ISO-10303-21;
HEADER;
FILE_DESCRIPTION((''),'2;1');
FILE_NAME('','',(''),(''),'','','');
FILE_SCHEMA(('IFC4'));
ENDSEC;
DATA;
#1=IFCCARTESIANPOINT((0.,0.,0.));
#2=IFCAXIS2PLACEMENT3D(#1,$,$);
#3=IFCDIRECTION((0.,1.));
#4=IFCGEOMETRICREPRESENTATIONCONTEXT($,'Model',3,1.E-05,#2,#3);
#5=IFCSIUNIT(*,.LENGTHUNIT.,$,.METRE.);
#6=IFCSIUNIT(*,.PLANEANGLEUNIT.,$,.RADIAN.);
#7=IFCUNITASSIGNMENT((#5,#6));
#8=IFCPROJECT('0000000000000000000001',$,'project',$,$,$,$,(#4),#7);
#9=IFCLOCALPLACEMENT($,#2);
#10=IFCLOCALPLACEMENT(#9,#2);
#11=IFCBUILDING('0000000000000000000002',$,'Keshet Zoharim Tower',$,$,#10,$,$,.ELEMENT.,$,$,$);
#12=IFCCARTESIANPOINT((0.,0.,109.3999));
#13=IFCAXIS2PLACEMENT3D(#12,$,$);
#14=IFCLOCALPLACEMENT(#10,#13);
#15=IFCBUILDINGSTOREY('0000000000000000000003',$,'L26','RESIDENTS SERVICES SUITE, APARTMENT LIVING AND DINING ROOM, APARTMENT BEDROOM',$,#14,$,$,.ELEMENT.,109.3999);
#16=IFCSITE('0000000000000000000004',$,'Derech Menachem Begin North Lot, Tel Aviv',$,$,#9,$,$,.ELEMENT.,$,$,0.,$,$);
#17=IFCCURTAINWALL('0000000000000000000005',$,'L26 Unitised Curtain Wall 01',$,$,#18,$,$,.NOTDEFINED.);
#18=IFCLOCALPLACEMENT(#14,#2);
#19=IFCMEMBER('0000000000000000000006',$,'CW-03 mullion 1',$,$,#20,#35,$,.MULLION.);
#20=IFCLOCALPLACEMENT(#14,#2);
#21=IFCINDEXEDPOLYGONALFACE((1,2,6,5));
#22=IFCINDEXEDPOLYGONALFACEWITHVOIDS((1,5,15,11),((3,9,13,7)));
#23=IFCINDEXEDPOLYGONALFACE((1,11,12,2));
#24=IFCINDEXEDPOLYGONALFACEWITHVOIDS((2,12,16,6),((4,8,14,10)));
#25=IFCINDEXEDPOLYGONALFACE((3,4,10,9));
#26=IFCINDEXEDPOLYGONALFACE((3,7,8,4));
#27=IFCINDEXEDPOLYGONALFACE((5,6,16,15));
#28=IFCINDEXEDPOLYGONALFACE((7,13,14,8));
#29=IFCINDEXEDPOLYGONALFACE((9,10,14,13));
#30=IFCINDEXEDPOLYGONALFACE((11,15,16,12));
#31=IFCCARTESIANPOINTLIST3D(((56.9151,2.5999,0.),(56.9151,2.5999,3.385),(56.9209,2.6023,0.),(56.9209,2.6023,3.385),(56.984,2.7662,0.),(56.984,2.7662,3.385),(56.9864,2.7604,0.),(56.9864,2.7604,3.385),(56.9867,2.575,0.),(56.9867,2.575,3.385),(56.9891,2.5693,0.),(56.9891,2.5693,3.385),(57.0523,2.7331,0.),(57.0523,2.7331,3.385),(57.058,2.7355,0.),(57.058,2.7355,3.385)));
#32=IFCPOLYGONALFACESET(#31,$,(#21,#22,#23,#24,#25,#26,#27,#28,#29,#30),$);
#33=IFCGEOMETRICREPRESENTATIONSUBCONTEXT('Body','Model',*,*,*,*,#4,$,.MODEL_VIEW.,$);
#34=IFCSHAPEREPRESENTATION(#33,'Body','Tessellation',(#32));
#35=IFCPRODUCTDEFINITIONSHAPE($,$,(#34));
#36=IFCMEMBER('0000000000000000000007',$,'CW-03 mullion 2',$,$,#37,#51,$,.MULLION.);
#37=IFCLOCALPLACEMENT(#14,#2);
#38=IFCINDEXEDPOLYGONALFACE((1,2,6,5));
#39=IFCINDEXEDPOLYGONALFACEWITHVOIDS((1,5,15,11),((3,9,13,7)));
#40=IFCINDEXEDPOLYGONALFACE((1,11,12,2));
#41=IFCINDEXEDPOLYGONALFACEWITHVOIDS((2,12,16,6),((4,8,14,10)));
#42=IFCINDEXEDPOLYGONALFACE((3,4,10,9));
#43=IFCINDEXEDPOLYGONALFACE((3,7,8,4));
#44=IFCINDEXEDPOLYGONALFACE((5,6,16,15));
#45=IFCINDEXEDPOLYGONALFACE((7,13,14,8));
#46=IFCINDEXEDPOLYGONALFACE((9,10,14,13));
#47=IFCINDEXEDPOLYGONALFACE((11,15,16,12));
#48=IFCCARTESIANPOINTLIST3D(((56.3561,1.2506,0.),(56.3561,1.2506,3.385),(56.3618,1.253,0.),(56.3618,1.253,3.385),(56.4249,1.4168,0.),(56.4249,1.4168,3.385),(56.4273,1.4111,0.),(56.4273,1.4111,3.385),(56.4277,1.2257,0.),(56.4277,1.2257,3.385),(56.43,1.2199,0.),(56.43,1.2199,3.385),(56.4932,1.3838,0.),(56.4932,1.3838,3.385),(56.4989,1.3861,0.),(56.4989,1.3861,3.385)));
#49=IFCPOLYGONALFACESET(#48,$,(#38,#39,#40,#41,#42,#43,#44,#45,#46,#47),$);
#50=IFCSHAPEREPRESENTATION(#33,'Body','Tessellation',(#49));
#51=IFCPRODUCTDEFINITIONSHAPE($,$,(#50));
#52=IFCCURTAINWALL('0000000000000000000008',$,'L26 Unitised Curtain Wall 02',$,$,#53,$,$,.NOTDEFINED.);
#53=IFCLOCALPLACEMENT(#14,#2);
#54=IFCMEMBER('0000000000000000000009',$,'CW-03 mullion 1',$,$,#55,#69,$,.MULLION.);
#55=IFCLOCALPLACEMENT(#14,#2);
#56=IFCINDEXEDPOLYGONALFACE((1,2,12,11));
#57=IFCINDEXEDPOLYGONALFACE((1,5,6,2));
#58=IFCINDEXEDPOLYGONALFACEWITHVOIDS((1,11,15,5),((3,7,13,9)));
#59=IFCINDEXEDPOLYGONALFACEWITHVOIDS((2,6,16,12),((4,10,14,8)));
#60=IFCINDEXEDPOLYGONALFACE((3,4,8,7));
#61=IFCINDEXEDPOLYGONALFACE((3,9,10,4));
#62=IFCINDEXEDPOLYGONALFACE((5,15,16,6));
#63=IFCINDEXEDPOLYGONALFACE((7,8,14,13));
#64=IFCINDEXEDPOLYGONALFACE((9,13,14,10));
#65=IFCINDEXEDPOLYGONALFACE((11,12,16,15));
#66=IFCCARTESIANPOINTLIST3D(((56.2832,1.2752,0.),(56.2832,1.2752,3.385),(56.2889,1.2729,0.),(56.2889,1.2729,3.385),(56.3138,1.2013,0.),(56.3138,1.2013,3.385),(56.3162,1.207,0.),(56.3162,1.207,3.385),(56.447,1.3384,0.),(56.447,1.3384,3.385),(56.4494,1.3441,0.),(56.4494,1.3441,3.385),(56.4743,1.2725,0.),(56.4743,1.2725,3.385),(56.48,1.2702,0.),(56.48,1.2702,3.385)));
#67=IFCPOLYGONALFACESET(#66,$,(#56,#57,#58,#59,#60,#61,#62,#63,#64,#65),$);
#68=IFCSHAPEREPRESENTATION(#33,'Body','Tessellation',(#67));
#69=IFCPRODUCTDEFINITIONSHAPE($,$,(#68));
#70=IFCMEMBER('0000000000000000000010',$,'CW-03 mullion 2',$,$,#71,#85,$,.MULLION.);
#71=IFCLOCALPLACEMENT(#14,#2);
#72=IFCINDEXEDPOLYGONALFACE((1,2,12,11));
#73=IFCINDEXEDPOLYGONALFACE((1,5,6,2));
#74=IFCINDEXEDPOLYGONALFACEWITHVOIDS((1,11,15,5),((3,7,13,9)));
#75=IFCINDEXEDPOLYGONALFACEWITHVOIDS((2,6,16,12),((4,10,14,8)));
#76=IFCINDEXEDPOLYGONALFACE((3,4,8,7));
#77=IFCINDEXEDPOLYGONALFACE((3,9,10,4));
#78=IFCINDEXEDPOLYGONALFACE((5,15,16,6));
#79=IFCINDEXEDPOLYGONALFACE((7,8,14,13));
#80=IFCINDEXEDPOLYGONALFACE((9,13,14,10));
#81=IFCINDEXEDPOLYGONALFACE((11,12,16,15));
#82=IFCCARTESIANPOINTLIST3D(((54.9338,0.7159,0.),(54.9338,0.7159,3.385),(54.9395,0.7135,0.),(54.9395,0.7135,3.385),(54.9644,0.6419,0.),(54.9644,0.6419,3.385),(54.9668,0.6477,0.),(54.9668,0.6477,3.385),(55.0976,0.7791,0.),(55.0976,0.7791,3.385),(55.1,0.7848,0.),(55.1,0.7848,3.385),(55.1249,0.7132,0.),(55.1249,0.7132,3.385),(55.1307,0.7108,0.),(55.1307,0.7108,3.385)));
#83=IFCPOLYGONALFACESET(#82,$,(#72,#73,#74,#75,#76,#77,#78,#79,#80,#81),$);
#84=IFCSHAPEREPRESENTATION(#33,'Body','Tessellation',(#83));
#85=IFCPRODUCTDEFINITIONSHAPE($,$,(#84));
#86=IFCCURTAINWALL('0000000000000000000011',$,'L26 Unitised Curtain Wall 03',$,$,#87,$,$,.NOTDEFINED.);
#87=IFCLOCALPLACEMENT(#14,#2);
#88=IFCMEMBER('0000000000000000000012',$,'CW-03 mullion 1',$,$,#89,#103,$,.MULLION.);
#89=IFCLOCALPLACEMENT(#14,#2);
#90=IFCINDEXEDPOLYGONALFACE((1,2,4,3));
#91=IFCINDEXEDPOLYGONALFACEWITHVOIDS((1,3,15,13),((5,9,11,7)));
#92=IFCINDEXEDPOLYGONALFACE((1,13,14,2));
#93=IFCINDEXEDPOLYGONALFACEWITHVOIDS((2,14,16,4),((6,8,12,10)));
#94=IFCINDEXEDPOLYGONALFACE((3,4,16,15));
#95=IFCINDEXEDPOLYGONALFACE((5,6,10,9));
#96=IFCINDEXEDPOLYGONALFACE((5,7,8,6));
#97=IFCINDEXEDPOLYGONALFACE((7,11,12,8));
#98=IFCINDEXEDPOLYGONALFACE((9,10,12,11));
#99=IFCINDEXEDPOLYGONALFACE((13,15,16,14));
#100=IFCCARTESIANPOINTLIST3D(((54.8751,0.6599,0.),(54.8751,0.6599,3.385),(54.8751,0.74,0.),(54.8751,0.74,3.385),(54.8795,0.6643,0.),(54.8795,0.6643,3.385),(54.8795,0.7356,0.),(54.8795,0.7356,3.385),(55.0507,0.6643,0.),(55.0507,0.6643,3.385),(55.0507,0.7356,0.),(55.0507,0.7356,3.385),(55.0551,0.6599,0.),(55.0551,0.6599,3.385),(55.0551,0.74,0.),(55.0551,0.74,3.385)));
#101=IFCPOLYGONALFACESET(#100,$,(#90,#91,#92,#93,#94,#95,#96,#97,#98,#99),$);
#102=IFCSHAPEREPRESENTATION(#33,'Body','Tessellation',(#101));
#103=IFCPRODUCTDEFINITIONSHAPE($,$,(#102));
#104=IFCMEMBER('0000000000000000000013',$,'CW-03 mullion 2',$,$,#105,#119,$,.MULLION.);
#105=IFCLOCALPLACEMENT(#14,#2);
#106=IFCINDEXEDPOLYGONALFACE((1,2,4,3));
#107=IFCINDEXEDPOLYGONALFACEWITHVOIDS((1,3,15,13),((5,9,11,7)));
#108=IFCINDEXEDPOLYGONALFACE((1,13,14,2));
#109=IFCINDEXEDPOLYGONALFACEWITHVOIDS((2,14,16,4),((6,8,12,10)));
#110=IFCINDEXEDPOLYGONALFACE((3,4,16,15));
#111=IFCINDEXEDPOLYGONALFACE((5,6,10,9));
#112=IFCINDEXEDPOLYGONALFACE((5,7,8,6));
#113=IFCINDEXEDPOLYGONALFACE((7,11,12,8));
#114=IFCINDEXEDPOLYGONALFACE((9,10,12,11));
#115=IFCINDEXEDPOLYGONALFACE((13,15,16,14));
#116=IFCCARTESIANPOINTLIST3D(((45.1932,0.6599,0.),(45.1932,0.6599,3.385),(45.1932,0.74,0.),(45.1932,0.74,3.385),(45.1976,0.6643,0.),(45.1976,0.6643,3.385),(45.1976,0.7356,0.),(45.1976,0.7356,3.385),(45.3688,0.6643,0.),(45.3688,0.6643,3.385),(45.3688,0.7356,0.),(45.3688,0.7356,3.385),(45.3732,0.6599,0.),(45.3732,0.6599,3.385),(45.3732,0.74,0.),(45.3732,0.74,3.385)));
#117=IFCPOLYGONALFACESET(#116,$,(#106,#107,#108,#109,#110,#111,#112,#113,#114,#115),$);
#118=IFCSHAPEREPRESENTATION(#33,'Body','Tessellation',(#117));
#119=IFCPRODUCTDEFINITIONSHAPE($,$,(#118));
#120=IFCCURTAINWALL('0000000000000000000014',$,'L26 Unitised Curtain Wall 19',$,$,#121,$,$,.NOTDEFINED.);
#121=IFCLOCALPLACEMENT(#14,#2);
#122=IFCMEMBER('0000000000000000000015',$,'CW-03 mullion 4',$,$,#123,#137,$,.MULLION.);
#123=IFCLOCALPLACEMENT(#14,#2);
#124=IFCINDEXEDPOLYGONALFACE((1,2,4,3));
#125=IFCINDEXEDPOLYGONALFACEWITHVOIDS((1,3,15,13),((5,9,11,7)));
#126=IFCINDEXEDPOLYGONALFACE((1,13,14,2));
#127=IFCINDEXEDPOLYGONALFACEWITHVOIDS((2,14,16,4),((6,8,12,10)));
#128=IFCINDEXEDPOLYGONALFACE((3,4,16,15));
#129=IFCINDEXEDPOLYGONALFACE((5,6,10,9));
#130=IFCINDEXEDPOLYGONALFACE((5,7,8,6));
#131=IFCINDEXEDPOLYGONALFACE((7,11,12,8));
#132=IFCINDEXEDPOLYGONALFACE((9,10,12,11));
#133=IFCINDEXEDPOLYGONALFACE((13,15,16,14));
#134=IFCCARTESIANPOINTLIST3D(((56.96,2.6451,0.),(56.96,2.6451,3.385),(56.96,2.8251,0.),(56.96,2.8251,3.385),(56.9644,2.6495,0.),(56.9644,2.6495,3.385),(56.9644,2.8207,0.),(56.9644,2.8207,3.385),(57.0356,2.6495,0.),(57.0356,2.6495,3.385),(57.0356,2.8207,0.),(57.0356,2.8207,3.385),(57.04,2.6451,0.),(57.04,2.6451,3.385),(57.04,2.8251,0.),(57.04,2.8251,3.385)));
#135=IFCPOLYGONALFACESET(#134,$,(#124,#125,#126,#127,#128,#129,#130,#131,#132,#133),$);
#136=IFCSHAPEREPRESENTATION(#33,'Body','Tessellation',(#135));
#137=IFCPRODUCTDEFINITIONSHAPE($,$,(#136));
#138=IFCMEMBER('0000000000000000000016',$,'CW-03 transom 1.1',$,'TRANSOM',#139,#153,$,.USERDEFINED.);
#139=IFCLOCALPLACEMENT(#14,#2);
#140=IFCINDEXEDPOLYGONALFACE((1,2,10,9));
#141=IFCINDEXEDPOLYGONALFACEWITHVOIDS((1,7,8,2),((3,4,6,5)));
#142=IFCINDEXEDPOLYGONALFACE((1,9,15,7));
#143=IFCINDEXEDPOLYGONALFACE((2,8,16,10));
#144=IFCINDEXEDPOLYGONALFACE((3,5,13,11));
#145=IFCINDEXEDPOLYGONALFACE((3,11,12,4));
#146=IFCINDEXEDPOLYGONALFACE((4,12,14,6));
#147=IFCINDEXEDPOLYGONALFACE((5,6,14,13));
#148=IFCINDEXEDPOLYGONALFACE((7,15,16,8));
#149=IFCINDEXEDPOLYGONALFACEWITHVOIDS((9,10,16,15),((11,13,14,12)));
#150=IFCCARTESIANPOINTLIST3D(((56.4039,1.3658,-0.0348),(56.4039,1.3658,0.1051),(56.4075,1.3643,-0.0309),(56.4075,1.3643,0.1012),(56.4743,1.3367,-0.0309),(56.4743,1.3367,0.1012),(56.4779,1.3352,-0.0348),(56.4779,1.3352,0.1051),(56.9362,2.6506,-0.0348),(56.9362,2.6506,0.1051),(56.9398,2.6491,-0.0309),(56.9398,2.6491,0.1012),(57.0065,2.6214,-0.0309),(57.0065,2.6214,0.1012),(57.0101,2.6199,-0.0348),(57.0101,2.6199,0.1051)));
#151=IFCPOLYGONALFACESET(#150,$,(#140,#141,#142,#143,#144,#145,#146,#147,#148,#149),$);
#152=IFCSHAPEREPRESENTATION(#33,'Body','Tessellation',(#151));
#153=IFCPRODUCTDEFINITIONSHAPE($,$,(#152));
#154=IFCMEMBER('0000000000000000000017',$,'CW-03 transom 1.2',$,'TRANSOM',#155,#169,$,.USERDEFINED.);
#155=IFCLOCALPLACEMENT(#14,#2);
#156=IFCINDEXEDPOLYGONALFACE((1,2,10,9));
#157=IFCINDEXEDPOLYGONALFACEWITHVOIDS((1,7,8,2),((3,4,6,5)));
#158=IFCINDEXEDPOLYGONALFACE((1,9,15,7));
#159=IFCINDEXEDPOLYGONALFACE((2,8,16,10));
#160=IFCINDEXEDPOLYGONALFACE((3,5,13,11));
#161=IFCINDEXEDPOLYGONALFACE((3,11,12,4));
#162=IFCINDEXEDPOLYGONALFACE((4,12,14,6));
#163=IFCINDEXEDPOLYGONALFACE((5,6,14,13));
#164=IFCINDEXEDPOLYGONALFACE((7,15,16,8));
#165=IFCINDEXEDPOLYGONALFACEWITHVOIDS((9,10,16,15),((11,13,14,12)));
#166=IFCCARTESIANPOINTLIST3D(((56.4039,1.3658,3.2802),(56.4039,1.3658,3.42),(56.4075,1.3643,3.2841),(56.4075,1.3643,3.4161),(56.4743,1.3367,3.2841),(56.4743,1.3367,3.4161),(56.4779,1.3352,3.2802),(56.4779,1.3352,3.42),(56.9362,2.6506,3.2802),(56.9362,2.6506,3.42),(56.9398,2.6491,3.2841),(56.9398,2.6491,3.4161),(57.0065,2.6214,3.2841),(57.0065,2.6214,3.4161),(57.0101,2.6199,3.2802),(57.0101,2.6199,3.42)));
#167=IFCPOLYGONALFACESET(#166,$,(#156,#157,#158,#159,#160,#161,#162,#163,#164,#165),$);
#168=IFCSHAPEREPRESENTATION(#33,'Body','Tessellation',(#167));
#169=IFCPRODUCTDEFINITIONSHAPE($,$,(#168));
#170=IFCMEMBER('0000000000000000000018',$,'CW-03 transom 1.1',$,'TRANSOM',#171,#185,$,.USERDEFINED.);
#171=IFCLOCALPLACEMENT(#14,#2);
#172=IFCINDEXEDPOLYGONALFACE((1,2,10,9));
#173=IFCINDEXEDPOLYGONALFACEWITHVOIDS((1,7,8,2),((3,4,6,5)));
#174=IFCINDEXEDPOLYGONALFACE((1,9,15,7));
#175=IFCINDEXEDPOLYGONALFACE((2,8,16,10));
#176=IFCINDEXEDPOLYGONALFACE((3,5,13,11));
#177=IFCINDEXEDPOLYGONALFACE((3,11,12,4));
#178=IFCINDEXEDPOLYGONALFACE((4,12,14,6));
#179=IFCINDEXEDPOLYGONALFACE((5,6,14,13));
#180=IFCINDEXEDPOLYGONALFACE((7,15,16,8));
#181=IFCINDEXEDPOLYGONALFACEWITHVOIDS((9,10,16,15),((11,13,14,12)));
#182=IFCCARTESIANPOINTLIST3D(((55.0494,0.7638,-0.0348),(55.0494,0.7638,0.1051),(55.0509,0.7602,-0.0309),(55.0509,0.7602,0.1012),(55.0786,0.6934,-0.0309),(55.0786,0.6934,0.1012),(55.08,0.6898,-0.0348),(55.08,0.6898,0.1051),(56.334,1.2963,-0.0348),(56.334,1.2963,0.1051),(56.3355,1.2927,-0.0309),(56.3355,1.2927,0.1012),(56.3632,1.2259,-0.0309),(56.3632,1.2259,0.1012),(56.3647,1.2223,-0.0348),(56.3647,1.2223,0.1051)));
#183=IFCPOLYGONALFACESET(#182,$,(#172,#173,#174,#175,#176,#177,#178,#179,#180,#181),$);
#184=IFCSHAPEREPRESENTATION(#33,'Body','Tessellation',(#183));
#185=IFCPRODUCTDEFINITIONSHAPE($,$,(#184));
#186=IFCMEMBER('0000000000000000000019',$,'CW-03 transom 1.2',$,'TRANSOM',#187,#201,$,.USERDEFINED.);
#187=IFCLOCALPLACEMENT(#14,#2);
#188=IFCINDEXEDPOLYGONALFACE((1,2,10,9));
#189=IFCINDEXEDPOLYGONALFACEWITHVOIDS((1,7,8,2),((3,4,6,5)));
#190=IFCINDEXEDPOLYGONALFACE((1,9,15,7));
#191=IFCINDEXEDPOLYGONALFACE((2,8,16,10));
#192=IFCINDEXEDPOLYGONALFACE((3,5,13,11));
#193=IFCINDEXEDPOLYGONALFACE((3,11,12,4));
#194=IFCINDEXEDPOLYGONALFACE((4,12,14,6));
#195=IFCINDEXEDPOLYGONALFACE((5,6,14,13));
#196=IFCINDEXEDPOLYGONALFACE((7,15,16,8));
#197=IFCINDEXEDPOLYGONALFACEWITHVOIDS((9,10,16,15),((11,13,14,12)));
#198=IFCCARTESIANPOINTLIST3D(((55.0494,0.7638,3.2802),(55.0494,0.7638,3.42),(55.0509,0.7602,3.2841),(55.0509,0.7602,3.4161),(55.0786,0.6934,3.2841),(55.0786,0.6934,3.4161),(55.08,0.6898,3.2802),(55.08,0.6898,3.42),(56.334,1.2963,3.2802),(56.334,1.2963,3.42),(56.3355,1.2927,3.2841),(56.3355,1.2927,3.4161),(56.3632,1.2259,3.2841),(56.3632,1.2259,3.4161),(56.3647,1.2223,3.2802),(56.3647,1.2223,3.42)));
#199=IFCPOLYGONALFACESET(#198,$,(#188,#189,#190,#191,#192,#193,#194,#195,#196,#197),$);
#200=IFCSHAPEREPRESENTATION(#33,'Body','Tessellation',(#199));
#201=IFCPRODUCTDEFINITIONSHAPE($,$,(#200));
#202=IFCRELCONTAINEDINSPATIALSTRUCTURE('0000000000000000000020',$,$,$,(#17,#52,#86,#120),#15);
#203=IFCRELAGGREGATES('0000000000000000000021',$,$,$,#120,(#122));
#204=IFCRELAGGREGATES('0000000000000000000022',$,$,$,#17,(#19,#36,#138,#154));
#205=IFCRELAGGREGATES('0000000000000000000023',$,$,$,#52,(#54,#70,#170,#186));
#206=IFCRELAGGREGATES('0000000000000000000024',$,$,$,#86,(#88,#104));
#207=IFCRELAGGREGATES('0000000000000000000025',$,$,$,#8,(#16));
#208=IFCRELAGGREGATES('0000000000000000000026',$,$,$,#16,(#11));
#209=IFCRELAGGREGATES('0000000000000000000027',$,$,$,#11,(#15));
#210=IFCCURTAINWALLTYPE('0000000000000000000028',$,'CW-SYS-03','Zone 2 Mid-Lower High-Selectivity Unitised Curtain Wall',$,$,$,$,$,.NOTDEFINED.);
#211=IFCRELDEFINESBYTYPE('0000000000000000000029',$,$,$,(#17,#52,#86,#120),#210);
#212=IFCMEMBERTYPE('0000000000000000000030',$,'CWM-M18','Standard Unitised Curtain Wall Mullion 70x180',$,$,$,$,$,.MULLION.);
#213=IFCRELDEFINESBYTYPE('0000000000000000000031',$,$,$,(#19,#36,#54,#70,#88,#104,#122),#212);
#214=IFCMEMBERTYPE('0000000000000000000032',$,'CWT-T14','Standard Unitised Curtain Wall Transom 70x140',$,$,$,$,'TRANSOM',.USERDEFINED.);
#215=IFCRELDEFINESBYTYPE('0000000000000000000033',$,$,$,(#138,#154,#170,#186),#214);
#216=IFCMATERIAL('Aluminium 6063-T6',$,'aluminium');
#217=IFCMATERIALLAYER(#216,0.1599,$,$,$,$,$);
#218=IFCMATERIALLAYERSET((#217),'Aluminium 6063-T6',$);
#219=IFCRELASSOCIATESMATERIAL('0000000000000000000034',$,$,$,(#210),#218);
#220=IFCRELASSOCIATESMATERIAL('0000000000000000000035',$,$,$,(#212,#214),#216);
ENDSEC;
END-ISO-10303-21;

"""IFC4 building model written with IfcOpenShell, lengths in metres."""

from ifc_helpers import new_model, si_unit, direction, frame, origin, origin_2d, place, context, subcontext, project, spatial, hollow_rectangle, extrude, material, layer, layer_set, material_profile, profile_set, type_object, element, aggregate, save


model = new_model("IFC4")

# Units and contexts
model_context = context("Model", 3, precision=1e-05, world=origin(), true_north=direction((0.0, 1.0)))
body_context = subcontext(model_context, "Body", "Model", "MODEL_VIEW")
ifc_project = project(units=[si_unit("LENGTHUNIT", "METRE"), si_unit("PLANEANGLEUNIT", "RADIAN")], contexts=[model_context])

# Site, building, storey
site_placement = place(None, origin())
site = spatial("IfcSite", under=ifc_project, at=site_placement, Name="Derech Menachem Begin North Lot, Tel Aviv", CompositionType="ELEMENT", RefElevation=0.0)
building_placement = place(site_placement, origin())
building = spatial("IfcBuilding", under=site, at=building_placement, Name="Keshet Zoharim Tower", CompositionType="ELEMENT")
storey_placement = place(building_placement, frame((0.0, 0.0, 109.3999)))
storey = spatial("IfcBuildingStorey", under=building, at=storey_placement, Name="L26", Description="RESIDENTS SERVICES SUITE, APARTMENT LIVING AND DINING ROOM, APARTMENT BEDROOM", CompositionType="ELEMENT", Elevation=109.3999)

# Curtain walls, members
ifc_material_1 = material(Name="Aluminium 6063-T6", Category="aluminium")
ifc_layer_1 = layer(ifc_material_1, 0.1599)
ifc_layer_set_1 = layer_set([ifc_layer_1], Name="Aluminium 6063-T6")
curtain_wall_type = type_object("IfcCurtainWallType", Name="CW-SYS-03", Description="Zone 2 Mid-Lower High-Selectivity Unitised Curtain Wall", PredefinedType="NOTDEFINED", material=ifc_layer_set_1)
curtain_wall_1_placement = place(storey_placement, origin())
curtain_wall_1 = element("IfcCurtainWall", 1, at=curtain_wall_1_placement, inside=storey, type_object=curtain_wall_type, Name="L26 Unitised Curtain Wall 01", PredefinedType="NOTDEFINED")
ifc_material_profile_1 = material_profile(ifc_material_1, hollow_rectangle(XDim=0.0801, YDim=0.1799, WallThickness=0.0044, at=origin_2d()), Name="MUL-80x180")
ifc_profile_set_1 = profile_set([ifc_material_profile_1], Name="Aluminium 6063-T6")
member_type_1 = type_object("IfcMemberType", Name="CWM-M18", Description="Standard Unitised Curtain Wall Mullion 70x180", PredefinedType="MULLION", material=ifc_profile_set_1)
member_1_placement = place(storey_placement, frame((56.9866, 2.6677, 0.0), z_axis=(0.0, 0.0, 1.0), x_axis=(0.92381, -0.382852, 0.0)))
member_1 = element("IfcMember", 2, at=member_1_placement, type_object=member_type_1, Name="CW-03 mullion 1", PredefinedType="MULLION", context=body_context, shape_type="SweptSolid", body=[
    extrude(hollow_rectangle(XDim=0.0801, YDim=0.1799, WallThickness=0.0044, at=origin_2d()), origin(), (0.0, 0.0, 1.0), 3.385),
])
member_2_placement = place(storey_placement, frame((56.4275, 1.3184, 0.0), z_axis=(0.0, 0.0, 1.0), x_axis=(0.92381, -0.382852, 0.0)))
member_2 = element("IfcMember", 3, at=member_2_placement, type_object=member_type_1, Name="CW-03 mullion 2", PredefinedType="MULLION", context=body_context, shape_type="SweptSolid", body=[
    extrude(hollow_rectangle(XDim=0.0801, YDim=0.1799, WallThickness=0.0044, at=origin_2d()), origin(), (0.0, 0.0, 1.0), 3.385),
])
curtain_wall_2_placement = place(storey_placement, origin())
curtain_wall_2 = element("IfcCurtainWall", 4, at=curtain_wall_2_placement, inside=storey, type_object=curtain_wall_type, Name="L26 Unitised Curtain Wall 02", PredefinedType="NOTDEFINED")
member_3_placement = place(storey_placement, frame((56.3816, 1.2727, 0.0), z_axis=(0.0, 0.0, 1.0), x_axis=(0.382852, -0.92381, 0.0)))
member_3 = element("IfcMember", 5, at=member_3_placement, type_object=member_type_1, Name="CW-03 mullion 1", PredefinedType="MULLION", context=body_context, shape_type="SweptSolid", body=[
    extrude(hollow_rectangle(XDim=0.0801, YDim=0.1799, WallThickness=0.0044, at=origin_2d()), origin(), (0.0, 0.0, 1.0), 3.385),
])
member_4_placement = place(storey_placement, frame((55.0322, 0.7134, 0.0), z_axis=(0.0, 0.0, 1.0), x_axis=(0.382852, -0.92381, 0.0)))
member_4 = element("IfcMember", 6, at=member_4_placement, type_object=member_type_1, Name="CW-03 mullion 2", PredefinedType="MULLION", context=body_context, shape_type="SweptSolid", body=[
    extrude(hollow_rectangle(XDim=0.0801, YDim=0.1799, WallThickness=0.0044, at=origin_2d()), origin(), (0.0, 0.0, 1.0), 3.385),
])
curtain_wall_3_placement = place(storey_placement, origin())
curtain_wall_3 = element("IfcCurtainWall", 7, at=curtain_wall_3_placement, inside=storey, type_object=curtain_wall_type, Name="L26 Unitised Curtain Wall 03", PredefinedType="NOTDEFINED")
member_5_placement = place(storey_placement, frame((54.9651, 0.7, 0.0), z_axis=(0.0, 0.0, 1.0), x_axis=(0.0, -1.0, 0.0)))
member_5 = element("IfcMember", 8, at=member_5_placement, type_object=member_type_1, Name="CW-03 mullion 1", PredefinedType="MULLION", context=body_context, shape_type="SweptSolid", body=[
    extrude(hollow_rectangle(XDim=0.0801, YDim=0.1799, WallThickness=0.0044, at=origin_2d()), origin(), (0.0, 0.0, 1.0), 3.385),
])
member_6_placement = place(storey_placement, frame((45.2832, 0.7, 0.0), z_axis=(0.0, 0.0, 1.0), x_axis=(0.0, -1.0, 0.0)))
member_6 = element("IfcMember", 9, at=member_6_placement, type_object=member_type_1, Name="CW-03 mullion 2", PredefinedType="MULLION", context=body_context, shape_type="SweptSolid", body=[
    extrude(hollow_rectangle(XDim=0.0801, YDim=0.1799, WallThickness=0.0044, at=origin_2d()), origin(), (0.0, 0.0, 1.0), 3.385),
])

# Curtain wall, member
curtain_wall_4_placement = place(storey_placement, origin())
curtain_wall_4 = element("IfcCurtainWall", 10, at=curtain_wall_4_placement, inside=storey, type_object=curtain_wall_type, Name="L26 Unitised Curtain Wall 19", PredefinedType="NOTDEFINED")
member_7_placement = place(storey_placement, frame((57.0, 2.7351, 0.0), z_axis=(0.0, 0.0, 1.0), x_axis=(1.0, 0.0, 0.0)))
member_7 = element("IfcMember", 11, at=member_7_placement, type_object=member_type_1, Name="CW-03 mullion 4", PredefinedType="MULLION", context=body_context, shape_type="SweptSolid", body=[
    extrude(hollow_rectangle(XDim=0.0801, YDim=0.1799, WallThickness=0.0044, at=origin_2d()), origin(), (0.0, 0.0, 1.0), 3.385),
])
aggregate(curtain_wall_4, [member_7])

# Members
ifc_material_profile_2 = material_profile(ifc_material_1, hollow_rectangle(XDim=0.0801, YDim=0.1399, WallThickness=0.0039, at=origin_2d()), Name="TRN-80x140")
ifc_profile_set_2 = profile_set([ifc_material_profile_2], Name="Aluminium 6063-T6")
member_type_2 = type_object("IfcMemberType", Name="CWT-T14", Description="Standard Unitised Curtain Wall Transom 70x140", ElementType="TRANSOM", PredefinedType="USERDEFINED", material=ifc_profile_set_2)
member_8_placement = place(storey_placement, frame((56.9731, 2.6353, 0.0352), z_axis=(-0.382745, -0.923854, 0.0), x_axis=(0.923854, -0.382745, 0.0)))
member_8 = element("IfcMember", 12, at=member_8_placement, type_object=member_type_2, Name="CW-03 transom 1.1", ObjectType="TRANSOM", PredefinedType="USERDEFINED", context=body_context, shape_type="SweptSolid", body=[
    extrude(hollow_rectangle(XDim=0.0801, YDim=0.1399, WallThickness=0.0039, at=origin_2d()), origin(), (0.0, 0.0, 1.0), 1.3906),
])
member_9_placement = place(storey_placement, frame((56.9731, 2.6353, 3.3501), z_axis=(-0.382745, -0.923854, 0.0), x_axis=(0.923854, -0.382745, 0.0)))
member_9 = element("IfcMember", 13, at=member_9_placement, type_object=member_type_2, Name="CW-03 transom 1.2", ObjectType="TRANSOM", PredefinedType="USERDEFINED", context=body_context, shape_type="SweptSolid", body=[
    extrude(hollow_rectangle(XDim=0.0801, YDim=0.1399, WallThickness=0.0039, at=origin_2d()), origin(), (0.0, 0.0, 1.0), 1.3906),
])
member_10_placement = place(storey_placement, frame((56.3494, 1.2593, 0.0352), z_axis=(-0.923792, -0.382894, 0.0), x_axis=(0.382894, -0.923792, 0.0)))
member_10 = element("IfcMember", 14, at=member_10_placement, type_object=member_type_2, Name="CW-03 transom 1.1", ObjectType="TRANSOM", PredefinedType="USERDEFINED", context=body_context, shape_type="SweptSolid", body=[
    extrude(hollow_rectangle(XDim=0.0801, YDim=0.1399, WallThickness=0.0039, at=origin_2d()), origin(), (0.0, 0.0, 1.0), 1.3906),
])
member_11_placement = place(storey_placement, frame((56.3494, 1.2593, 3.3501), z_axis=(-0.923792, -0.382894, 0.0), x_axis=(0.382894, -0.923792, 0.0)))
member_11 = element("IfcMember", 15, at=member_11_placement, type_object=member_type_2, Name="CW-03 transom 1.2", ObjectType="TRANSOM", PredefinedType="USERDEFINED", context=body_context, shape_type="SweptSolid", body=[
    extrude(hollow_rectangle(XDim=0.0801, YDim=0.1399, WallThickness=0.0039, at=origin_2d()), origin(), (0.0, 0.0, 1.0), 1.3906),
])

aggregate(curtain_wall_1, [member_1, member_2, member_8, member_9])
aggregate(curtain_wall_2, [member_3, member_4, member_10, member_11])
aggregate(curtain_wall_3, [member_5, member_6])

save(model, "model.ifc")
